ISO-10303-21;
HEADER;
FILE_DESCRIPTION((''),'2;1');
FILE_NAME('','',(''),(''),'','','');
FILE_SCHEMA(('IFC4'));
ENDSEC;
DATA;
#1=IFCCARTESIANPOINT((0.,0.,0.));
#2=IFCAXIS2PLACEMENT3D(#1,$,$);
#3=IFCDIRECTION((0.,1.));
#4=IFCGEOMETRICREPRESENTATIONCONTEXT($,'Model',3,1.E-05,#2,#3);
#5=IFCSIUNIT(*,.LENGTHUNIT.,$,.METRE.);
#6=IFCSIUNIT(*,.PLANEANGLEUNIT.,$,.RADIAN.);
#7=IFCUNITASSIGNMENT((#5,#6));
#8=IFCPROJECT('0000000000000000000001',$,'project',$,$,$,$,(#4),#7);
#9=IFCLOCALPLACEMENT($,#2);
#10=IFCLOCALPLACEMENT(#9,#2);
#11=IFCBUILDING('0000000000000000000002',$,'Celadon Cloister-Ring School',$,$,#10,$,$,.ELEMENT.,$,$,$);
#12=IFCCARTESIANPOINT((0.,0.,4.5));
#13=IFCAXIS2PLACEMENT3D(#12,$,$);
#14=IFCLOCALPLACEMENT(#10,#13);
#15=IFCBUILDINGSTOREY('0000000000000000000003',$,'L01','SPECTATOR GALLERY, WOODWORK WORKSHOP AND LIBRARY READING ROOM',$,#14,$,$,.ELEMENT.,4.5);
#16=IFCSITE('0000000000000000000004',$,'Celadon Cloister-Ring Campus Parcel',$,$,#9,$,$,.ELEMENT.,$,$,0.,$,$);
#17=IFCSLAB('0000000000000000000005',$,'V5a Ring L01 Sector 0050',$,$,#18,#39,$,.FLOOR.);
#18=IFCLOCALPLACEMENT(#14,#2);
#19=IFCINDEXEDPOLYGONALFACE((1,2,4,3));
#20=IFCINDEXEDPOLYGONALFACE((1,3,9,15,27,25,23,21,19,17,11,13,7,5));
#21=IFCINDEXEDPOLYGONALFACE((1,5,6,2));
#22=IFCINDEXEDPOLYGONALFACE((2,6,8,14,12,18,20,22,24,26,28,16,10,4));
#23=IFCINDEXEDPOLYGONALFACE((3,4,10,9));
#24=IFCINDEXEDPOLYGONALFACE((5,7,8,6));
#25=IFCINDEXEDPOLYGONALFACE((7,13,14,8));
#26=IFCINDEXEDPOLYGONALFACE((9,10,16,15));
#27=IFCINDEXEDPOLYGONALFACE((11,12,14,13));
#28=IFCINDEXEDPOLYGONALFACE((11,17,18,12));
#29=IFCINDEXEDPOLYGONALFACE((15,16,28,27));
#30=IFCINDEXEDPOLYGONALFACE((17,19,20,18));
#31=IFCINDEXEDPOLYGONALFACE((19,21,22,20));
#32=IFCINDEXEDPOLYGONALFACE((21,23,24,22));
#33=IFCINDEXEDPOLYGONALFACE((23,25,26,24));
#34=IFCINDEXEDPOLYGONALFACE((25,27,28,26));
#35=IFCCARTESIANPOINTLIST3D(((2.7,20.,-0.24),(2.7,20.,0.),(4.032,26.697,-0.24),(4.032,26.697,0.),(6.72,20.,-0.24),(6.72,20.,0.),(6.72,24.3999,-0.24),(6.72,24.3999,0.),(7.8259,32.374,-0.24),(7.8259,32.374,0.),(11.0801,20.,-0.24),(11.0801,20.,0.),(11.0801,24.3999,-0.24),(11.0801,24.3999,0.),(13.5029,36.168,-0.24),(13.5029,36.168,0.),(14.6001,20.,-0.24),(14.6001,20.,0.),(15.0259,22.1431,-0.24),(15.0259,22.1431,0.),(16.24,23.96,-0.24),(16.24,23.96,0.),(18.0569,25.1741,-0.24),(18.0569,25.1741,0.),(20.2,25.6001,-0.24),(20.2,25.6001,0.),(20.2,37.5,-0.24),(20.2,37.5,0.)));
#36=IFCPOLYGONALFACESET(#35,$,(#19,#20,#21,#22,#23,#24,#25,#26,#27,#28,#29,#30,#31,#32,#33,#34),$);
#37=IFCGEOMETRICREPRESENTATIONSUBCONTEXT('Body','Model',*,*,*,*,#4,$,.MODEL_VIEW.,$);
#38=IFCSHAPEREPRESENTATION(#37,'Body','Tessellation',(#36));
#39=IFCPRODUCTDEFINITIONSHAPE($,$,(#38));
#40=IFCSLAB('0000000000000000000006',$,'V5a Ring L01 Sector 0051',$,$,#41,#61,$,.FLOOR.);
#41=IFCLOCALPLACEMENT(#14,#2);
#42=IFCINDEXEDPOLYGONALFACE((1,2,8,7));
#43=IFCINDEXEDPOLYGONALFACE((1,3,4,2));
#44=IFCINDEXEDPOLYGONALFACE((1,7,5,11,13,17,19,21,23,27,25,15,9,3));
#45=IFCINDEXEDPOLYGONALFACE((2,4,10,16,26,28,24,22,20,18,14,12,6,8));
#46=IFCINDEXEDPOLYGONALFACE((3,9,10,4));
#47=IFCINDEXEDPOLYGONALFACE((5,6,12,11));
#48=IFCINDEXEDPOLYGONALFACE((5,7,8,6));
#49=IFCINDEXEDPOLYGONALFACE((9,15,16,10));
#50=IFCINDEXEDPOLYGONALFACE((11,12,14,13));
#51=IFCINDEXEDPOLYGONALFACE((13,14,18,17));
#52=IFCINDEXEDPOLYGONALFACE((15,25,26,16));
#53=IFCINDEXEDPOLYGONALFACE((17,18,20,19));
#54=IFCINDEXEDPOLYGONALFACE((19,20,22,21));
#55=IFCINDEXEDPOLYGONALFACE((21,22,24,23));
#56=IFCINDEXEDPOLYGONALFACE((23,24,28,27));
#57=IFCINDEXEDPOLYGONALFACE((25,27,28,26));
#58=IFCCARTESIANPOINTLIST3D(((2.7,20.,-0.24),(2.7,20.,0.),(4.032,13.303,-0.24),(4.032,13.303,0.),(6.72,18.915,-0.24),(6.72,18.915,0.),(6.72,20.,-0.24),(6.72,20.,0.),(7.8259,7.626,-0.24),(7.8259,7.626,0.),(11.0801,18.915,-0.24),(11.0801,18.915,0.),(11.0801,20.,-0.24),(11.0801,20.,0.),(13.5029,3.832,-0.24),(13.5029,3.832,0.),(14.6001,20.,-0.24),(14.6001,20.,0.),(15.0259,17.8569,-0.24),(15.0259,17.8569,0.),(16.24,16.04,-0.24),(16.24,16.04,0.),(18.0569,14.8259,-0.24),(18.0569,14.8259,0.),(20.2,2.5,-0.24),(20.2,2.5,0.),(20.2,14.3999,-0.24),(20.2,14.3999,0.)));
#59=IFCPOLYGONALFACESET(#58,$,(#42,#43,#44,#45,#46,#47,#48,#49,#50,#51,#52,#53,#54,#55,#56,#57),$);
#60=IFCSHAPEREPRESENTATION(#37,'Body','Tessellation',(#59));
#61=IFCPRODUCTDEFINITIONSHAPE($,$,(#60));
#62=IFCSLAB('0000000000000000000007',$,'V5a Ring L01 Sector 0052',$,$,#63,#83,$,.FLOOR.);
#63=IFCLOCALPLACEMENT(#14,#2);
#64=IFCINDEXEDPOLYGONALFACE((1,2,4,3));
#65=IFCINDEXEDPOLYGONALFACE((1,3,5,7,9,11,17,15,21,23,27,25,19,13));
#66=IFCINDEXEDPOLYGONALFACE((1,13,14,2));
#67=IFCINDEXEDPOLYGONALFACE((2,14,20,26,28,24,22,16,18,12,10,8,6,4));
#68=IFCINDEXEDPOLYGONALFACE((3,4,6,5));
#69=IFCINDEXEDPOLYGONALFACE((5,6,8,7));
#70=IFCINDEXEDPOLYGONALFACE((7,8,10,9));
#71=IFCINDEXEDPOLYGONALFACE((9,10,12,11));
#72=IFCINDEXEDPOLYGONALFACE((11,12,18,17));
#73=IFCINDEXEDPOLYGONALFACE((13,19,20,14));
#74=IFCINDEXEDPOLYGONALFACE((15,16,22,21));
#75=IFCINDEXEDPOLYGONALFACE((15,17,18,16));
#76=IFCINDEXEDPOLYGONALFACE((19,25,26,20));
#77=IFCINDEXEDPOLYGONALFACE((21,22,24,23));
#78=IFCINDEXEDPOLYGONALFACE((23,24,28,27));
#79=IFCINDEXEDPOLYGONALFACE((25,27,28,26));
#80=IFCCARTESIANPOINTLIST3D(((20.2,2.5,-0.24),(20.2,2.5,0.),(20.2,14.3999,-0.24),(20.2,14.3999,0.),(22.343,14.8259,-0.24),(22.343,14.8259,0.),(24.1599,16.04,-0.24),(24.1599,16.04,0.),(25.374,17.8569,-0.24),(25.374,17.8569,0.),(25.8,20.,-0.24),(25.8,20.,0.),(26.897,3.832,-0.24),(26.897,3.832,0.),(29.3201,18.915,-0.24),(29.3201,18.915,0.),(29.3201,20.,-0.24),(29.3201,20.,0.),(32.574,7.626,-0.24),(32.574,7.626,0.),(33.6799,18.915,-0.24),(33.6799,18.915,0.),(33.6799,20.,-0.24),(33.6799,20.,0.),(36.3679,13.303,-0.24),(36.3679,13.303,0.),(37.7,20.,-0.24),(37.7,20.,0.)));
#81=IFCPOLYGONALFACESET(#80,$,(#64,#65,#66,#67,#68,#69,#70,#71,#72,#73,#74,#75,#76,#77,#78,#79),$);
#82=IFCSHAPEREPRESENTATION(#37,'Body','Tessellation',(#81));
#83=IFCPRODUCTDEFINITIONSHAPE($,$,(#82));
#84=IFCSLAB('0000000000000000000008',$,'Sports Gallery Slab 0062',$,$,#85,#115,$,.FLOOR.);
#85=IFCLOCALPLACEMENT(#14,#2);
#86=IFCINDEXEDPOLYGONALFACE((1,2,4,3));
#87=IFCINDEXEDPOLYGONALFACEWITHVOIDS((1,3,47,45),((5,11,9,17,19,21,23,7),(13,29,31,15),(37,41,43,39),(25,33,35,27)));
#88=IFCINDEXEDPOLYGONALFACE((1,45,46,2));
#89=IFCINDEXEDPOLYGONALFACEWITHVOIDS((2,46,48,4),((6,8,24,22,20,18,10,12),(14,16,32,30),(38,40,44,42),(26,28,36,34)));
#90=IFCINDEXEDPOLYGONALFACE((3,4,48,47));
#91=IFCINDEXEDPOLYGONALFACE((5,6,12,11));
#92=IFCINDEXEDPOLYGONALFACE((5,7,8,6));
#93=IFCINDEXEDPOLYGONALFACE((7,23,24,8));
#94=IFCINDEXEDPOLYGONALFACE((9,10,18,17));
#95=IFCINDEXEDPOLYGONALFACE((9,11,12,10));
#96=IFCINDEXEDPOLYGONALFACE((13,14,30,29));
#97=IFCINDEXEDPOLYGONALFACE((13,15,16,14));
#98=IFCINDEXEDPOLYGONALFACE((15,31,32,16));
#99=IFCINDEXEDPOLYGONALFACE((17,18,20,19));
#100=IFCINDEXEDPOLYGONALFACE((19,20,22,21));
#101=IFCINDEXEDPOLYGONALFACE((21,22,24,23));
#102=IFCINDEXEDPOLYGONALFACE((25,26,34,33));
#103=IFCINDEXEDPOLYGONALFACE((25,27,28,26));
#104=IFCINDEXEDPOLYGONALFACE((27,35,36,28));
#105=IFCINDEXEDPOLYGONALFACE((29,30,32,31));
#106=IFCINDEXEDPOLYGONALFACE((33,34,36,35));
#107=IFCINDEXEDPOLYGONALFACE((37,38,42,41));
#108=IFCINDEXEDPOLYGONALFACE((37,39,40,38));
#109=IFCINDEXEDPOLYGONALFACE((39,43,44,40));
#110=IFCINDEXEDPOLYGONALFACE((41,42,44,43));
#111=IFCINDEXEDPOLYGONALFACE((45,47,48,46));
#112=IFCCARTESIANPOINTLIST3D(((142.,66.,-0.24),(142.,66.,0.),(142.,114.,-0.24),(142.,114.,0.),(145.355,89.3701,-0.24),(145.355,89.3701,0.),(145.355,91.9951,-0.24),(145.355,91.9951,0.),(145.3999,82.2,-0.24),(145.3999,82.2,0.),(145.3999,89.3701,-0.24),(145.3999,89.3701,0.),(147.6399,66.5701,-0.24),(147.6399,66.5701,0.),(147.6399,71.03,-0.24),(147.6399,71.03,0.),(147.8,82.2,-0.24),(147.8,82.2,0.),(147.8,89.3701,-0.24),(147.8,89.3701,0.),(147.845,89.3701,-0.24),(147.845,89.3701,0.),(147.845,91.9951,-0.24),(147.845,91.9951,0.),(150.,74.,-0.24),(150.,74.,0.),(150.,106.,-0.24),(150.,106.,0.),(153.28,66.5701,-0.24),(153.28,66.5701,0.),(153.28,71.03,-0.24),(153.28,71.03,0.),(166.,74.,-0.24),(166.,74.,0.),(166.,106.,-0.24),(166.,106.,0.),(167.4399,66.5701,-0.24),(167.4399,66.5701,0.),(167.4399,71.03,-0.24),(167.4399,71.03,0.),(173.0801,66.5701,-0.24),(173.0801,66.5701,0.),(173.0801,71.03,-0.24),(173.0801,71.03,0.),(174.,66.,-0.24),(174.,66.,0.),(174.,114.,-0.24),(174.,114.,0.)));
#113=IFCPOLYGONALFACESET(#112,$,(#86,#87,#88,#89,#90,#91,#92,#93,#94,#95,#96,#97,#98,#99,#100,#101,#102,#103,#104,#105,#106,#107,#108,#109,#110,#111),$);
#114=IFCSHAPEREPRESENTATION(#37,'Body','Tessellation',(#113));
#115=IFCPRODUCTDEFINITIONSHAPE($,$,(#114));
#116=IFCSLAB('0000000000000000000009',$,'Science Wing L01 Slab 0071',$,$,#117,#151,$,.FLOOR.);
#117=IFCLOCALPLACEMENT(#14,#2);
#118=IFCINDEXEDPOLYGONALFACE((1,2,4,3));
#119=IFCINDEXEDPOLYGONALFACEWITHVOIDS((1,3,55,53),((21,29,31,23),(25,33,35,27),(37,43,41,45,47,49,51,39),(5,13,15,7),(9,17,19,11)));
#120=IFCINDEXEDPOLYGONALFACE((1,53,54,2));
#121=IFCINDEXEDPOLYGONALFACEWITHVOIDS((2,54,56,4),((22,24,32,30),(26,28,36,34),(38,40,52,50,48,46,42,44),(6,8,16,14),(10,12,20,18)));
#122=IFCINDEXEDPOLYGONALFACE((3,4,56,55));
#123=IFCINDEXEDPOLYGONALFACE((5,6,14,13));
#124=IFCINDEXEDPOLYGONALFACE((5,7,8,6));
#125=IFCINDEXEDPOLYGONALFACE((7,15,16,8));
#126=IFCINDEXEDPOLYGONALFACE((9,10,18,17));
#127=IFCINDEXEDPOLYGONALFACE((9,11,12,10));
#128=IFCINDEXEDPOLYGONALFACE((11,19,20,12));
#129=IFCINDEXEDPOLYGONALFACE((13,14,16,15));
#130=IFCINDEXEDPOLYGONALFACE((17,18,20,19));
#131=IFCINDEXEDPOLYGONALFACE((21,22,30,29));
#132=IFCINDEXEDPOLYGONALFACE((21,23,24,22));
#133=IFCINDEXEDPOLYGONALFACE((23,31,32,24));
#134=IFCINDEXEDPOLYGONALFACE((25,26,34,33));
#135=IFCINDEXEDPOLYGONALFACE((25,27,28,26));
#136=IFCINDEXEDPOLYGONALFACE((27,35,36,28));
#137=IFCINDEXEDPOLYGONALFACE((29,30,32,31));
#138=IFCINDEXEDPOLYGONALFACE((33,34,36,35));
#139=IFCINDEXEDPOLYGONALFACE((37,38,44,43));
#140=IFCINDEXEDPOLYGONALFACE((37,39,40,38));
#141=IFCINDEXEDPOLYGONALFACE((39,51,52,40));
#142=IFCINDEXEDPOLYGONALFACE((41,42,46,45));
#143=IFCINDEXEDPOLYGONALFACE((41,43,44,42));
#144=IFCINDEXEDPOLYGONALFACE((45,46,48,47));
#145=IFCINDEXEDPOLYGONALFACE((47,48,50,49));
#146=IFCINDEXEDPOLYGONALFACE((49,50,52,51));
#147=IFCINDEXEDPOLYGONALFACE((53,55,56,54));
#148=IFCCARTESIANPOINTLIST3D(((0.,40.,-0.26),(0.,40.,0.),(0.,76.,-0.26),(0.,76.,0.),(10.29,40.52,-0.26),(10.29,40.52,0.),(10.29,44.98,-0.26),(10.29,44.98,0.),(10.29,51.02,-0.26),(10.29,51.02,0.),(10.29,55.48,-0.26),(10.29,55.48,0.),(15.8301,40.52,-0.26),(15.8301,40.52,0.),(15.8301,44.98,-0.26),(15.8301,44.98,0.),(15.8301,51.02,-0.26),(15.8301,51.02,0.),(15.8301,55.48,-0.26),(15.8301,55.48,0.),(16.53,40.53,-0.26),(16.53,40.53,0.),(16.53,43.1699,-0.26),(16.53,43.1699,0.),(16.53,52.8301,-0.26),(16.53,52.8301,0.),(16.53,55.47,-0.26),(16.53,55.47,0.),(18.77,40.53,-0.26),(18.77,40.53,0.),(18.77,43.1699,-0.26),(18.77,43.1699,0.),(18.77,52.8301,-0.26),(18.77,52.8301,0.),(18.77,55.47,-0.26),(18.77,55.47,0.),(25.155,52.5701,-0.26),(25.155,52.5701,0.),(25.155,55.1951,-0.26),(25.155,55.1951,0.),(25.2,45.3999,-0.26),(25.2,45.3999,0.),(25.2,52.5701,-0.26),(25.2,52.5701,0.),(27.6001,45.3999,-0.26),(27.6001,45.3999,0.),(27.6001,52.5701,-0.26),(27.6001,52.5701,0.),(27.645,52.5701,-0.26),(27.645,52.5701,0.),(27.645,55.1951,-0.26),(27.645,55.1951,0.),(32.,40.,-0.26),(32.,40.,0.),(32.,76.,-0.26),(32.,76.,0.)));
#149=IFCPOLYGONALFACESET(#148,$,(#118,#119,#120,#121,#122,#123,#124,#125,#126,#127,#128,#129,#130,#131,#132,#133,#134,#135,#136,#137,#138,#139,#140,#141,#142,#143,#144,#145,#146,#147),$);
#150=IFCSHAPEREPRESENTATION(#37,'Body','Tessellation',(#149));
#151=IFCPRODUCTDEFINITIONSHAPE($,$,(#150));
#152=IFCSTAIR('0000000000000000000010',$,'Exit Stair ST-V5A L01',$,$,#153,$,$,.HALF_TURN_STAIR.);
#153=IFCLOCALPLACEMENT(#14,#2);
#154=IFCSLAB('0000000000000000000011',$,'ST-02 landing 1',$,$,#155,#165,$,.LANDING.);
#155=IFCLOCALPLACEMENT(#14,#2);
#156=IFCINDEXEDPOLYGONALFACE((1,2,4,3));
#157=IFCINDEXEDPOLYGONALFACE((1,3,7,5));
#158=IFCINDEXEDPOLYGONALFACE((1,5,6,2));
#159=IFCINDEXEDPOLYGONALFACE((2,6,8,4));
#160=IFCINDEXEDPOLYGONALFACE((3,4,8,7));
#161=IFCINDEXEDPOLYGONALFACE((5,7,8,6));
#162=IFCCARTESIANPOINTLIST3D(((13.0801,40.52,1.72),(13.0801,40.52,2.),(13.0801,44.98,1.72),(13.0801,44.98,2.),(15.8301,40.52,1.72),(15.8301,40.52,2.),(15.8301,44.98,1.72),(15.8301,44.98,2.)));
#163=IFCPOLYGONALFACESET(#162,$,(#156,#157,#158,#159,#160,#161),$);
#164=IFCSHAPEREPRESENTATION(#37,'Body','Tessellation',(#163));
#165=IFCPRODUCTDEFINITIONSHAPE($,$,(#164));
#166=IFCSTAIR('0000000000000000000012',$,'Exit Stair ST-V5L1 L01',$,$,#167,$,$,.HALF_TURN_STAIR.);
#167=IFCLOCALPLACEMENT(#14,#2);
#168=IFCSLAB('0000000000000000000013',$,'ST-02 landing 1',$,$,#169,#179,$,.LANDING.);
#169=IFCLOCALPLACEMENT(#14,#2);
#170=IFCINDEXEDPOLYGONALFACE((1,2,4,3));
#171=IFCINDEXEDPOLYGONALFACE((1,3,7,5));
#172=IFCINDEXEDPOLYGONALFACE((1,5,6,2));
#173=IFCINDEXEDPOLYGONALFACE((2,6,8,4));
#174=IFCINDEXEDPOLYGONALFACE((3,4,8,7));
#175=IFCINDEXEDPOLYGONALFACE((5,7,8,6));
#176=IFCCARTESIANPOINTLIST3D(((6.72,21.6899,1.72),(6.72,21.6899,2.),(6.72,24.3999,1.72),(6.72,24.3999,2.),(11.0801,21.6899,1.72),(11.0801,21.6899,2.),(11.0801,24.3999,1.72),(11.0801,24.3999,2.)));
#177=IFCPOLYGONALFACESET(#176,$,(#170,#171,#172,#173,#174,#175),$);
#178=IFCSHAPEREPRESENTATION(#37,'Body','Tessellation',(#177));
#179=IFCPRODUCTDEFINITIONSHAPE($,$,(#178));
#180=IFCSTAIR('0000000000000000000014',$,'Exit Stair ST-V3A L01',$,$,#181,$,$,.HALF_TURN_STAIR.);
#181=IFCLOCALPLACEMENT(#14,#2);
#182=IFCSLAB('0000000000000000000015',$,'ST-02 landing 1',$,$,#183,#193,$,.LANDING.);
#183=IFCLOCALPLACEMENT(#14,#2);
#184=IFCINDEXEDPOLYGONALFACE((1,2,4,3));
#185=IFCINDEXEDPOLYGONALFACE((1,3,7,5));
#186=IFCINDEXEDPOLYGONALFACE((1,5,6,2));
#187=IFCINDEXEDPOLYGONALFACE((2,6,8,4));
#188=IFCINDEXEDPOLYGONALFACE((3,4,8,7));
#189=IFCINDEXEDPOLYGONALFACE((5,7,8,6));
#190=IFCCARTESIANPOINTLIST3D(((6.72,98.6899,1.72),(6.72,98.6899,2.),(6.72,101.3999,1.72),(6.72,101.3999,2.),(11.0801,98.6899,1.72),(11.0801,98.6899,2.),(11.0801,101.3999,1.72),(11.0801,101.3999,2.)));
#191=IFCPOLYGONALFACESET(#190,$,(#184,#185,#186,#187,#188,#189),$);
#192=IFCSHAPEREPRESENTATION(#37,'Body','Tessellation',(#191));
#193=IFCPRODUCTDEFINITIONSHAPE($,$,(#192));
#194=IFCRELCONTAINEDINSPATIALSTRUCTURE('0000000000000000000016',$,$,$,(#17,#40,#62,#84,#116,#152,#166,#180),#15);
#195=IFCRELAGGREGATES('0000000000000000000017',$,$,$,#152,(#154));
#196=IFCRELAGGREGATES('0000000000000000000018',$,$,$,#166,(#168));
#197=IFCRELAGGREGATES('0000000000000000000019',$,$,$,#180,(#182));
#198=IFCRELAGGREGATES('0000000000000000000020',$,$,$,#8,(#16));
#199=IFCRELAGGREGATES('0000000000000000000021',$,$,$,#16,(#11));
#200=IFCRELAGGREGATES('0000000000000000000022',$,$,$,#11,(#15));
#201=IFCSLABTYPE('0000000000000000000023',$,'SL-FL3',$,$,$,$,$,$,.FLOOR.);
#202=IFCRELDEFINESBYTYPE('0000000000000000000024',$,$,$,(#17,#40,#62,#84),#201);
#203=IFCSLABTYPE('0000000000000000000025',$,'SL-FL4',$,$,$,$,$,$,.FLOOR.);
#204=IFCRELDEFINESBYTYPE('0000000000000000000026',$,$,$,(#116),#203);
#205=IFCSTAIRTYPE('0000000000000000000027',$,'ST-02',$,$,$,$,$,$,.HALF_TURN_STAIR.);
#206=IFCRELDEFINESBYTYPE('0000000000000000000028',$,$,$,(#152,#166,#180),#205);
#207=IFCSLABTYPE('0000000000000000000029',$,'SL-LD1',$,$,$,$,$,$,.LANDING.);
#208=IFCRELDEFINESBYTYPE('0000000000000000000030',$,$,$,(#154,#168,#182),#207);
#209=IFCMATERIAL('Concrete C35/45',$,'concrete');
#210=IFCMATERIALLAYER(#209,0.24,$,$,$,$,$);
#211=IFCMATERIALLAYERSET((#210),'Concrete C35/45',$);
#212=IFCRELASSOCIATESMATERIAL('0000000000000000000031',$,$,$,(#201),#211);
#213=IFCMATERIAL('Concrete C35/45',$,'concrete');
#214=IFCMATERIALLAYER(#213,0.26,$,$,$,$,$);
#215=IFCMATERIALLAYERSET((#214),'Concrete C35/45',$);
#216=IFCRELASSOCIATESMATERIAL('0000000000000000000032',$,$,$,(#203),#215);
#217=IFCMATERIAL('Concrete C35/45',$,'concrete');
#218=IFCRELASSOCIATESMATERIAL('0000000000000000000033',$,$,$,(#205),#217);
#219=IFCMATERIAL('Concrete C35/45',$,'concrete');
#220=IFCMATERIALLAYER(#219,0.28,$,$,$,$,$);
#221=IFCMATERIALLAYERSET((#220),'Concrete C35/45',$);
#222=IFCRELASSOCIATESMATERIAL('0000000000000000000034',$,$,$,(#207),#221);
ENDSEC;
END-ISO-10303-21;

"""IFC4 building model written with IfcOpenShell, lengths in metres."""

from ifc_helpers import new_model, si_unit, direction, frame, origin, place, context, subcontext, project, spatial, polyline, outline, extrude, material, layer, layer_set, type_object, element, aggregate, save


model = new_model("IFC4")

# Units and contexts
model_context = context("Model", 3, precision=1e-05, world=origin(), true_north=direction((0.0, 1.0)))
body_context = subcontext(model_context, "Body", "Model", "MODEL_VIEW")
ifc_project = project(units=[si_unit("LENGTHUNIT", "METRE"), si_unit("PLANEANGLEUNIT", "RADIAN")], contexts=[model_context])

# Site, building, storey
site_placement = place(None, origin())
site = spatial("IfcSite", under=ifc_project, at=site_placement, Name="Celadon Cloister-Ring Campus Parcel", CompositionType="ELEMENT", RefElevation=0.0)
building_placement = place(site_placement, origin())
building = spatial("IfcBuilding", under=site, at=building_placement, Name="Celadon Cloister-Ring School", CompositionType="ELEMENT")
storey_placement = place(building_placement, frame((0.0, 0.0, 4.5)))
storey = spatial("IfcBuildingStorey", under=building, at=storey_placement, Name="L01", Description="SPECTATOR GALLERY, WOODWORK WORKSHOP AND LIBRARY READING ROOM", CompositionType="ELEMENT", Elevation=4.5)

# Slabs
ifc_material_1 = material(Name="Concrete C35/45", Category="concrete")
ifc_layer_1 = layer(ifc_material_1, 0.24)
ifc_layer_set_1 = layer_set([ifc_layer_1], Name="Concrete C35/45")
slab_type_1 = type_object("IfcSlabType", Name="SL-FL3", PredefinedType="FLOOR", material=ifc_layer_set_1)
slab_1_placement = place(storey_placement, frame((0.0, 0.0, -0.24)))
element("IfcSlab", 1, at=slab_1_placement, inside=storey, type_object=slab_type_1, Name="V5a Ring L01 Sector 0050", PredefinedType="FLOOR", context=body_context, shape_type="SweptSolid", body=[
    extrude(outline(polyline([(2.7, 20.0), (4.032, 26.697), (7.8259, 32.374), (13.5029, 36.168), (20.2, 37.5), (20.2, 25.6001), (18.0569, 25.1741), (16.24, 23.96), (15.0259, 22.1431), (14.6001, 20.0), (11.0801, 20.0), (11.0801, 24.3999), (6.72, 24.3999), (6.72, 20.0), (2.7, 20.0)])), origin(), (0.0, 0.0, 1.0), 0.24),
])
slab_2_placement = place(storey_placement, frame((0.0, 0.0, -0.24)))
element("IfcSlab", 2, at=slab_2_placement, inside=storey, type_object=slab_type_1, Name="V5a Ring L01 Sector 0051", PredefinedType="FLOOR", context=body_context, shape_type="SweptSolid", body=[
    extrude(outline(polyline([(14.6001, 20.0), (15.0259, 17.8569), (16.24, 16.04), (18.0569, 14.8259), (20.2, 14.3999), (20.2, 2.5), (13.5029, 3.832), (7.8259, 7.626), (4.032, 13.303), (2.7, 20.0), (6.72, 20.0), (6.72, 18.915), (11.0801, 18.915), (11.0801, 20.0), (14.6001, 20.0)])), origin(), (0.0, 0.0, 1.0), 0.24),
])
slab_3_placement = place(storey_placement, frame((0.0, 0.0, -0.24)))
element("IfcSlab", 3, at=slab_3_placement, inside=storey, type_object=slab_type_1, Name="V5a Ring L01 Sector 0052", PredefinedType="FLOOR", context=body_context, shape_type="SweptSolid", body=[
    extrude(outline(polyline([(37.7, 20.0), (36.3679, 13.303), (32.574, 7.626), (26.897, 3.832), (20.2, 2.5), (20.2, 14.3999), (22.343, 14.8259), (24.1599, 16.04), (25.374, 17.8569), (25.8, 20.0), (29.3201, 20.0), (29.3201, 18.915), (33.6799, 18.915), (33.6799, 20.0), (37.7, 20.0)])), origin(), (0.0, 0.0, 1.0), 0.24),
])
slab_4_placement = place(storey_placement, frame((0.0, 0.0, -0.24)))
element("IfcSlab", 4, at=slab_4_placement, inside=storey, type_object=slab_type_1, Name="Sports Gallery Slab 0062", PredefinedType="FLOOR", context=body_context, shape_type="SweptSolid", body=[
    extrude(outline(polyline([(174.0, 114.0), (174.0, 66.0), (142.0, 66.0), (142.0, 114.0), (174.0, 114.0)]), holes=[polyline([(166.0, 106.0), (150.0, 106.0), (150.0, 74.0), (166.0, 74.0), (166.0, 106.0)]), polyline([(153.28, 66.5701), (153.28, 71.03), (147.6399, 71.03), (147.6399, 66.5701), (153.28, 66.5701)]), polyline([(167.4399, 66.5701), (173.0801, 66.5701), (173.0801, 71.03), (167.4399, 71.03), (167.4399, 66.5701)]), polyline([(145.355, 91.9951), (145.355, 89.3701), (145.3999, 89.3701), (145.3999, 82.2), (147.8, 82.2), (147.8, 89.3701), (147.845, 89.3701), (147.845, 91.9951), (145.355, 91.9951)])]), origin(), (0.0, 0.0, 1.0), 0.24),
])
ifc_material_2 = material(Name="Concrete C35/45", Category="concrete")
ifc_layer_2 = layer(ifc_material_2, 0.26)
ifc_layer_set_2 = layer_set([ifc_layer_2], Name="Concrete C35/45")
slab_type_2 = type_object("IfcSlabType", Name="SL-FL4", PredefinedType="FLOOR", material=ifc_layer_set_2)
slab_5_placement = place(storey_placement, frame((0.0, 0.0, -0.26)))
element("IfcSlab", 5, at=slab_5_placement, inside=storey, type_object=slab_type_2, Name="Science Wing L01 Slab 0071", PredefinedType="FLOOR", context=body_context, shape_type="SweptSolid", body=[
    extrude(outline(polyline([(0.0, 76.0), (32.0, 76.0), (32.0, 40.0), (0.0, 40.0), (0.0, 76.0)]), holes=[polyline([(16.53, 40.53), (18.77, 40.53), (18.77, 43.1699), (16.53, 43.1699), (16.53, 40.53)]), polyline([(10.29, 40.52), (15.8301, 40.52), (15.8301, 44.98), (10.29, 44.98), (10.29, 40.52)]), polyline([(25.155, 52.5701), (25.2, 52.5701), (25.2, 45.3999), (27.6001, 45.3999), (27.6001, 52.5701), (27.645, 52.5701), (27.645, 55.1951), (25.155, 55.1951), (25.155, 52.5701)]), polyline([(10.29, 51.02), (15.8301, 51.02), (15.8301, 55.48), (10.29, 55.48), (10.29, 51.02)]), polyline([(16.53, 52.8301), (18.77, 52.8301), (18.77, 55.47), (16.53, 55.47), (16.53, 52.8301)])]), origin(), (0.0, 0.0, 1.0), 0.26),
])

# Stairs, slabs
ifc_material_3 = material(Name="Concrete C35/45", Category="concrete")
stair_type_1 = type_object("IfcStairType", Name="ST-02", PredefinedType="HALF_TURN_STAIR", material=ifc_material_3)
stair_1_placement = place(storey_placement, origin())
stair_1 = element("IfcStair", 6, at=stair_1_placement, inside=storey, type_object=stair_type_1, Name="Exit Stair ST-V5A L01", PredefinedType="HALF_TURN_STAIR")
ifc_material_4 = material(Name="Concrete C35/45", Category="concrete")
ifc_layer_3 = layer(ifc_material_4, 0.28)
ifc_layer_set_3 = layer_set([ifc_layer_3], Name="Concrete C35/45")
slab_type_3 = type_object("IfcSlabType", Name="SL-LD1", PredefinedType="LANDING", material=ifc_layer_set_3)
slab_6_placement = place(storey_placement, frame((0.0, 0.0, 1.72)))
slab_6 = element("IfcSlab", 7, at=slab_6_placement, type_object=slab_type_3, Name="ST-02 landing 1", PredefinedType="LANDING", context=body_context, shape_type="SweptSolid", body=[
    extrude(outline(polyline([(13.0801, 40.52), (15.8301, 40.52), (15.8301, 44.98), (13.0801, 44.98), (13.0801, 40.52)])), origin(), (0.0, 0.0, 1.0), 0.28),
])
aggregate(stair_1, [slab_6])
stair_2_placement = place(storey_placement, origin())
stair_2 = element("IfcStair", 8, at=stair_2_placement, inside=storey, type_object=stair_type_1, Name="Exit Stair ST-V5L1 L01", PredefinedType="HALF_TURN_STAIR")
slab_7_placement = place(storey_placement, frame((0.0, 0.0, 1.72)))
slab_7 = element("IfcSlab", 9, at=slab_7_placement, type_object=slab_type_3, Name="ST-02 landing 1", PredefinedType="LANDING", context=body_context, shape_type="SweptSolid", body=[
    extrude(outline(polyline([(6.72, 21.6899), (11.0801, 21.6899), (11.0801, 24.3999), (6.72, 24.3999), (6.72, 21.6899)])), origin(), (0.0, 0.0, 1.0), 0.28),
])
aggregate(stair_2, [slab_7])
stair_3_placement = place(storey_placement, origin())
stair_3 = element("IfcStair", 10, at=stair_3_placement, inside=storey, type_object=stair_type_1, Name="Exit Stair ST-V3A L01", PredefinedType="HALF_TURN_STAIR")
slab_8_placement = place(storey_placement, frame((0.0, 0.0, 1.72)))
slab_8 = element("IfcSlab", 11, at=slab_8_placement, type_object=slab_type_3, Name="ST-02 landing 1", PredefinedType="LANDING", context=body_context, shape_type="SweptSolid", body=[
    extrude(outline(polyline([(6.72, 98.6899), (11.0801, 98.6899), (11.0801, 101.3999), (6.72, 101.3999), (6.72, 98.6899)])), origin(), (0.0, 0.0, 1.0), 0.28),
])
aggregate(stair_3, [slab_8])

save(model, "model.ifc")
